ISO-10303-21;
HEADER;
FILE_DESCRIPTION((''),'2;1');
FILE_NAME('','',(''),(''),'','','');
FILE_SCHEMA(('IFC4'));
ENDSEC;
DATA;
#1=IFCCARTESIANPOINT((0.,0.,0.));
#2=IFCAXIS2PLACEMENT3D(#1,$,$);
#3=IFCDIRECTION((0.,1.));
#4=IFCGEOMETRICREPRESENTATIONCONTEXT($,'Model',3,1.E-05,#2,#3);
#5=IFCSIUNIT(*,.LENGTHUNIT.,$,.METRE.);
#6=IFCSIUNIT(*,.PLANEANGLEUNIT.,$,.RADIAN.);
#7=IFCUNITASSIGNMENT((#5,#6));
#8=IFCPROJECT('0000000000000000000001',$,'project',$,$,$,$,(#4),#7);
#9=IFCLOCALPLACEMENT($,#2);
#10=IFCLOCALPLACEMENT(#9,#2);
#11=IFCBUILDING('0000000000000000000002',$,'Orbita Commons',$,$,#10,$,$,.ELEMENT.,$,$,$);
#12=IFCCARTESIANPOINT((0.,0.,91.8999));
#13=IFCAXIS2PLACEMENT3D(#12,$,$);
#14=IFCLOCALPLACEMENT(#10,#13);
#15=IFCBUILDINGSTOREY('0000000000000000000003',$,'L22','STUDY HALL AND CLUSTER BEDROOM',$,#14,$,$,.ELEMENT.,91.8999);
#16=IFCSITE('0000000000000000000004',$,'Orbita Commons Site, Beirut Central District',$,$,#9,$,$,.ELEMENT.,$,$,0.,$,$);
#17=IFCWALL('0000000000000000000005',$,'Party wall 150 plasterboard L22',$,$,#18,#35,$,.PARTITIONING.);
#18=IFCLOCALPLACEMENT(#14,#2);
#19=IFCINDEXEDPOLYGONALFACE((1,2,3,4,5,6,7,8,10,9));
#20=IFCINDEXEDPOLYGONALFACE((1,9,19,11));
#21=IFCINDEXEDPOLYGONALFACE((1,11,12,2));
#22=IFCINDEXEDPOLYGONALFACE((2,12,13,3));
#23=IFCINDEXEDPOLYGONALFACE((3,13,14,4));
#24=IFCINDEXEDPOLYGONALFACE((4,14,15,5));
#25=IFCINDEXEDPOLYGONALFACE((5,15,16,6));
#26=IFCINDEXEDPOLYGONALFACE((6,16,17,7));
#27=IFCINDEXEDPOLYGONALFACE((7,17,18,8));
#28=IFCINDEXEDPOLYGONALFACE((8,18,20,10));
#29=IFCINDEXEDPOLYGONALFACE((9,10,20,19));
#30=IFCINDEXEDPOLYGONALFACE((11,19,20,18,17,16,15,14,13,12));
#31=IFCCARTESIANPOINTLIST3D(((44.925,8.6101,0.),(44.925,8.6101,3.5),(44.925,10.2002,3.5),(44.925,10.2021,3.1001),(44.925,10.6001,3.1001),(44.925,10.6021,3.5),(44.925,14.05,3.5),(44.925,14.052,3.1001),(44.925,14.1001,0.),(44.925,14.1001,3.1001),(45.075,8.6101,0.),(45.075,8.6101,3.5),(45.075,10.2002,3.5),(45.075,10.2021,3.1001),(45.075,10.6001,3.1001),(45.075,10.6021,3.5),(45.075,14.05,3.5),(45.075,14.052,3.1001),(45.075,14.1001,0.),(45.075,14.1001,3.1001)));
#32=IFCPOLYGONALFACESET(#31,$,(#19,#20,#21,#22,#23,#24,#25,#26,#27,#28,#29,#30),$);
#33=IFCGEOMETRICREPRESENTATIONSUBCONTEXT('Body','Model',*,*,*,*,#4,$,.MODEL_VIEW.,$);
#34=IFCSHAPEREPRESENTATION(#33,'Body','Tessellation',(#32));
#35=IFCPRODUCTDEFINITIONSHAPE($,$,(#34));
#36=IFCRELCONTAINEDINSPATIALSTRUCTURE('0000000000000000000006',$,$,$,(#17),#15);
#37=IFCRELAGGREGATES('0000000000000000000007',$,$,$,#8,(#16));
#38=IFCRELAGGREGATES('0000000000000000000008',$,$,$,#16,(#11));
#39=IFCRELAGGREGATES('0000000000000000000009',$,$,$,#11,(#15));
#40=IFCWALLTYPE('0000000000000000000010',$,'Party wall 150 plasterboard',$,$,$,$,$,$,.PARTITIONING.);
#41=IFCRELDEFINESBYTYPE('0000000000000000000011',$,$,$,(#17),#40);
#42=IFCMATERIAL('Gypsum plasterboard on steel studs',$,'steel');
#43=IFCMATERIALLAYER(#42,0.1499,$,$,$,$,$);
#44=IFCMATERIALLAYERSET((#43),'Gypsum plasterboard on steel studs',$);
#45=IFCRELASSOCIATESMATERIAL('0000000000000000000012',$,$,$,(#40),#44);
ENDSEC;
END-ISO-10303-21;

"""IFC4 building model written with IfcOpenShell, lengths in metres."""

from ifc_helpers import new_model, si_unit, direction, frame, origin, place, context, subcontext, project, spatial, polyline, outline, extrude, material, layer, layer_set, type_object, element, save


model = new_model("IFC4")

# Units and contexts
model_context = context("Model", 3, precision=1e-05, world=origin(), true_north=direction((0.0, 1.0)))
body_context = subcontext(model_context, "Body", "Model", "MODEL_VIEW")
ifc_project = project(units=[si_unit("LENGTHUNIT", "METRE"), si_unit("PLANEANGLEUNIT", "RADIAN")], contexts=[model_context])

# Site, building, storey
site_placement = place(None, origin())
site = spatial("IfcSite", under=ifc_project, at=site_placement, Name="Orbita Commons Site, Beirut Central District", CompositionType="ELEMENT", RefElevation=0.0)
building_placement = place(site_placement, origin())
building = spatial("IfcBuilding", under=site, at=building_placement, Name="Orbita Commons", CompositionType="ELEMENT")
storey_placement = place(building_placement, frame((0.0, 0.0, 91.8999)))
storey = spatial("IfcBuildingStorey", under=building, at=storey_placement, Name="L22", Description="STUDY HALL AND CLUSTER BEDROOM", CompositionType="ELEMENT", Elevation=91.8999)

# Wall
ifc_material_1 = material(Name="Gypsum plasterboard on steel studs", Category="steel")
ifc_layer_1 = layer(ifc_material_1, 0.1499)
ifc_layer_set_1 = layer_set([ifc_layer_1], Name="Gypsum plasterboard on steel studs")
wall_type_1 = type_object("IfcWallType", Name="Party wall 150 plasterboard", PredefinedType="PARTITIONING", material=ifc_layer_set_1)
wall_placement = place(storey_placement, frame((45.0, 8.6101, 0.0), z_axis=(0.0, 0.0, 1.0), x_axis=(0.0, 1.0, 0.0)))
element("IfcWall", 1, at=wall_placement, inside=storey, type_object=wall_type_1, Name="Party wall 150 plasterboard L22", PredefinedType="PARTITIONING", context=body_context, shape_type="SweptSolid", body=[
    extrude(outline(polyline([(0.0, 0.0), (5.49, 0.0), (5.49, 3.1001), (5.4419, 3.1001), (5.4399, 3.5), (1.9919, 3.5), (1.99, 3.1001), (1.592, 3.1001), (1.5901, 3.5), (0.0, 3.5), (0.0, 0.0)])), frame((0.0, 0.075, 0.0), z_axis=(0.0, -1.0, 0.0), x_axis=(1.0, 0.0, 0.0)), (0.0, 0.0, 1.0), 0.1499),
])

save(model, "model.ifc")
